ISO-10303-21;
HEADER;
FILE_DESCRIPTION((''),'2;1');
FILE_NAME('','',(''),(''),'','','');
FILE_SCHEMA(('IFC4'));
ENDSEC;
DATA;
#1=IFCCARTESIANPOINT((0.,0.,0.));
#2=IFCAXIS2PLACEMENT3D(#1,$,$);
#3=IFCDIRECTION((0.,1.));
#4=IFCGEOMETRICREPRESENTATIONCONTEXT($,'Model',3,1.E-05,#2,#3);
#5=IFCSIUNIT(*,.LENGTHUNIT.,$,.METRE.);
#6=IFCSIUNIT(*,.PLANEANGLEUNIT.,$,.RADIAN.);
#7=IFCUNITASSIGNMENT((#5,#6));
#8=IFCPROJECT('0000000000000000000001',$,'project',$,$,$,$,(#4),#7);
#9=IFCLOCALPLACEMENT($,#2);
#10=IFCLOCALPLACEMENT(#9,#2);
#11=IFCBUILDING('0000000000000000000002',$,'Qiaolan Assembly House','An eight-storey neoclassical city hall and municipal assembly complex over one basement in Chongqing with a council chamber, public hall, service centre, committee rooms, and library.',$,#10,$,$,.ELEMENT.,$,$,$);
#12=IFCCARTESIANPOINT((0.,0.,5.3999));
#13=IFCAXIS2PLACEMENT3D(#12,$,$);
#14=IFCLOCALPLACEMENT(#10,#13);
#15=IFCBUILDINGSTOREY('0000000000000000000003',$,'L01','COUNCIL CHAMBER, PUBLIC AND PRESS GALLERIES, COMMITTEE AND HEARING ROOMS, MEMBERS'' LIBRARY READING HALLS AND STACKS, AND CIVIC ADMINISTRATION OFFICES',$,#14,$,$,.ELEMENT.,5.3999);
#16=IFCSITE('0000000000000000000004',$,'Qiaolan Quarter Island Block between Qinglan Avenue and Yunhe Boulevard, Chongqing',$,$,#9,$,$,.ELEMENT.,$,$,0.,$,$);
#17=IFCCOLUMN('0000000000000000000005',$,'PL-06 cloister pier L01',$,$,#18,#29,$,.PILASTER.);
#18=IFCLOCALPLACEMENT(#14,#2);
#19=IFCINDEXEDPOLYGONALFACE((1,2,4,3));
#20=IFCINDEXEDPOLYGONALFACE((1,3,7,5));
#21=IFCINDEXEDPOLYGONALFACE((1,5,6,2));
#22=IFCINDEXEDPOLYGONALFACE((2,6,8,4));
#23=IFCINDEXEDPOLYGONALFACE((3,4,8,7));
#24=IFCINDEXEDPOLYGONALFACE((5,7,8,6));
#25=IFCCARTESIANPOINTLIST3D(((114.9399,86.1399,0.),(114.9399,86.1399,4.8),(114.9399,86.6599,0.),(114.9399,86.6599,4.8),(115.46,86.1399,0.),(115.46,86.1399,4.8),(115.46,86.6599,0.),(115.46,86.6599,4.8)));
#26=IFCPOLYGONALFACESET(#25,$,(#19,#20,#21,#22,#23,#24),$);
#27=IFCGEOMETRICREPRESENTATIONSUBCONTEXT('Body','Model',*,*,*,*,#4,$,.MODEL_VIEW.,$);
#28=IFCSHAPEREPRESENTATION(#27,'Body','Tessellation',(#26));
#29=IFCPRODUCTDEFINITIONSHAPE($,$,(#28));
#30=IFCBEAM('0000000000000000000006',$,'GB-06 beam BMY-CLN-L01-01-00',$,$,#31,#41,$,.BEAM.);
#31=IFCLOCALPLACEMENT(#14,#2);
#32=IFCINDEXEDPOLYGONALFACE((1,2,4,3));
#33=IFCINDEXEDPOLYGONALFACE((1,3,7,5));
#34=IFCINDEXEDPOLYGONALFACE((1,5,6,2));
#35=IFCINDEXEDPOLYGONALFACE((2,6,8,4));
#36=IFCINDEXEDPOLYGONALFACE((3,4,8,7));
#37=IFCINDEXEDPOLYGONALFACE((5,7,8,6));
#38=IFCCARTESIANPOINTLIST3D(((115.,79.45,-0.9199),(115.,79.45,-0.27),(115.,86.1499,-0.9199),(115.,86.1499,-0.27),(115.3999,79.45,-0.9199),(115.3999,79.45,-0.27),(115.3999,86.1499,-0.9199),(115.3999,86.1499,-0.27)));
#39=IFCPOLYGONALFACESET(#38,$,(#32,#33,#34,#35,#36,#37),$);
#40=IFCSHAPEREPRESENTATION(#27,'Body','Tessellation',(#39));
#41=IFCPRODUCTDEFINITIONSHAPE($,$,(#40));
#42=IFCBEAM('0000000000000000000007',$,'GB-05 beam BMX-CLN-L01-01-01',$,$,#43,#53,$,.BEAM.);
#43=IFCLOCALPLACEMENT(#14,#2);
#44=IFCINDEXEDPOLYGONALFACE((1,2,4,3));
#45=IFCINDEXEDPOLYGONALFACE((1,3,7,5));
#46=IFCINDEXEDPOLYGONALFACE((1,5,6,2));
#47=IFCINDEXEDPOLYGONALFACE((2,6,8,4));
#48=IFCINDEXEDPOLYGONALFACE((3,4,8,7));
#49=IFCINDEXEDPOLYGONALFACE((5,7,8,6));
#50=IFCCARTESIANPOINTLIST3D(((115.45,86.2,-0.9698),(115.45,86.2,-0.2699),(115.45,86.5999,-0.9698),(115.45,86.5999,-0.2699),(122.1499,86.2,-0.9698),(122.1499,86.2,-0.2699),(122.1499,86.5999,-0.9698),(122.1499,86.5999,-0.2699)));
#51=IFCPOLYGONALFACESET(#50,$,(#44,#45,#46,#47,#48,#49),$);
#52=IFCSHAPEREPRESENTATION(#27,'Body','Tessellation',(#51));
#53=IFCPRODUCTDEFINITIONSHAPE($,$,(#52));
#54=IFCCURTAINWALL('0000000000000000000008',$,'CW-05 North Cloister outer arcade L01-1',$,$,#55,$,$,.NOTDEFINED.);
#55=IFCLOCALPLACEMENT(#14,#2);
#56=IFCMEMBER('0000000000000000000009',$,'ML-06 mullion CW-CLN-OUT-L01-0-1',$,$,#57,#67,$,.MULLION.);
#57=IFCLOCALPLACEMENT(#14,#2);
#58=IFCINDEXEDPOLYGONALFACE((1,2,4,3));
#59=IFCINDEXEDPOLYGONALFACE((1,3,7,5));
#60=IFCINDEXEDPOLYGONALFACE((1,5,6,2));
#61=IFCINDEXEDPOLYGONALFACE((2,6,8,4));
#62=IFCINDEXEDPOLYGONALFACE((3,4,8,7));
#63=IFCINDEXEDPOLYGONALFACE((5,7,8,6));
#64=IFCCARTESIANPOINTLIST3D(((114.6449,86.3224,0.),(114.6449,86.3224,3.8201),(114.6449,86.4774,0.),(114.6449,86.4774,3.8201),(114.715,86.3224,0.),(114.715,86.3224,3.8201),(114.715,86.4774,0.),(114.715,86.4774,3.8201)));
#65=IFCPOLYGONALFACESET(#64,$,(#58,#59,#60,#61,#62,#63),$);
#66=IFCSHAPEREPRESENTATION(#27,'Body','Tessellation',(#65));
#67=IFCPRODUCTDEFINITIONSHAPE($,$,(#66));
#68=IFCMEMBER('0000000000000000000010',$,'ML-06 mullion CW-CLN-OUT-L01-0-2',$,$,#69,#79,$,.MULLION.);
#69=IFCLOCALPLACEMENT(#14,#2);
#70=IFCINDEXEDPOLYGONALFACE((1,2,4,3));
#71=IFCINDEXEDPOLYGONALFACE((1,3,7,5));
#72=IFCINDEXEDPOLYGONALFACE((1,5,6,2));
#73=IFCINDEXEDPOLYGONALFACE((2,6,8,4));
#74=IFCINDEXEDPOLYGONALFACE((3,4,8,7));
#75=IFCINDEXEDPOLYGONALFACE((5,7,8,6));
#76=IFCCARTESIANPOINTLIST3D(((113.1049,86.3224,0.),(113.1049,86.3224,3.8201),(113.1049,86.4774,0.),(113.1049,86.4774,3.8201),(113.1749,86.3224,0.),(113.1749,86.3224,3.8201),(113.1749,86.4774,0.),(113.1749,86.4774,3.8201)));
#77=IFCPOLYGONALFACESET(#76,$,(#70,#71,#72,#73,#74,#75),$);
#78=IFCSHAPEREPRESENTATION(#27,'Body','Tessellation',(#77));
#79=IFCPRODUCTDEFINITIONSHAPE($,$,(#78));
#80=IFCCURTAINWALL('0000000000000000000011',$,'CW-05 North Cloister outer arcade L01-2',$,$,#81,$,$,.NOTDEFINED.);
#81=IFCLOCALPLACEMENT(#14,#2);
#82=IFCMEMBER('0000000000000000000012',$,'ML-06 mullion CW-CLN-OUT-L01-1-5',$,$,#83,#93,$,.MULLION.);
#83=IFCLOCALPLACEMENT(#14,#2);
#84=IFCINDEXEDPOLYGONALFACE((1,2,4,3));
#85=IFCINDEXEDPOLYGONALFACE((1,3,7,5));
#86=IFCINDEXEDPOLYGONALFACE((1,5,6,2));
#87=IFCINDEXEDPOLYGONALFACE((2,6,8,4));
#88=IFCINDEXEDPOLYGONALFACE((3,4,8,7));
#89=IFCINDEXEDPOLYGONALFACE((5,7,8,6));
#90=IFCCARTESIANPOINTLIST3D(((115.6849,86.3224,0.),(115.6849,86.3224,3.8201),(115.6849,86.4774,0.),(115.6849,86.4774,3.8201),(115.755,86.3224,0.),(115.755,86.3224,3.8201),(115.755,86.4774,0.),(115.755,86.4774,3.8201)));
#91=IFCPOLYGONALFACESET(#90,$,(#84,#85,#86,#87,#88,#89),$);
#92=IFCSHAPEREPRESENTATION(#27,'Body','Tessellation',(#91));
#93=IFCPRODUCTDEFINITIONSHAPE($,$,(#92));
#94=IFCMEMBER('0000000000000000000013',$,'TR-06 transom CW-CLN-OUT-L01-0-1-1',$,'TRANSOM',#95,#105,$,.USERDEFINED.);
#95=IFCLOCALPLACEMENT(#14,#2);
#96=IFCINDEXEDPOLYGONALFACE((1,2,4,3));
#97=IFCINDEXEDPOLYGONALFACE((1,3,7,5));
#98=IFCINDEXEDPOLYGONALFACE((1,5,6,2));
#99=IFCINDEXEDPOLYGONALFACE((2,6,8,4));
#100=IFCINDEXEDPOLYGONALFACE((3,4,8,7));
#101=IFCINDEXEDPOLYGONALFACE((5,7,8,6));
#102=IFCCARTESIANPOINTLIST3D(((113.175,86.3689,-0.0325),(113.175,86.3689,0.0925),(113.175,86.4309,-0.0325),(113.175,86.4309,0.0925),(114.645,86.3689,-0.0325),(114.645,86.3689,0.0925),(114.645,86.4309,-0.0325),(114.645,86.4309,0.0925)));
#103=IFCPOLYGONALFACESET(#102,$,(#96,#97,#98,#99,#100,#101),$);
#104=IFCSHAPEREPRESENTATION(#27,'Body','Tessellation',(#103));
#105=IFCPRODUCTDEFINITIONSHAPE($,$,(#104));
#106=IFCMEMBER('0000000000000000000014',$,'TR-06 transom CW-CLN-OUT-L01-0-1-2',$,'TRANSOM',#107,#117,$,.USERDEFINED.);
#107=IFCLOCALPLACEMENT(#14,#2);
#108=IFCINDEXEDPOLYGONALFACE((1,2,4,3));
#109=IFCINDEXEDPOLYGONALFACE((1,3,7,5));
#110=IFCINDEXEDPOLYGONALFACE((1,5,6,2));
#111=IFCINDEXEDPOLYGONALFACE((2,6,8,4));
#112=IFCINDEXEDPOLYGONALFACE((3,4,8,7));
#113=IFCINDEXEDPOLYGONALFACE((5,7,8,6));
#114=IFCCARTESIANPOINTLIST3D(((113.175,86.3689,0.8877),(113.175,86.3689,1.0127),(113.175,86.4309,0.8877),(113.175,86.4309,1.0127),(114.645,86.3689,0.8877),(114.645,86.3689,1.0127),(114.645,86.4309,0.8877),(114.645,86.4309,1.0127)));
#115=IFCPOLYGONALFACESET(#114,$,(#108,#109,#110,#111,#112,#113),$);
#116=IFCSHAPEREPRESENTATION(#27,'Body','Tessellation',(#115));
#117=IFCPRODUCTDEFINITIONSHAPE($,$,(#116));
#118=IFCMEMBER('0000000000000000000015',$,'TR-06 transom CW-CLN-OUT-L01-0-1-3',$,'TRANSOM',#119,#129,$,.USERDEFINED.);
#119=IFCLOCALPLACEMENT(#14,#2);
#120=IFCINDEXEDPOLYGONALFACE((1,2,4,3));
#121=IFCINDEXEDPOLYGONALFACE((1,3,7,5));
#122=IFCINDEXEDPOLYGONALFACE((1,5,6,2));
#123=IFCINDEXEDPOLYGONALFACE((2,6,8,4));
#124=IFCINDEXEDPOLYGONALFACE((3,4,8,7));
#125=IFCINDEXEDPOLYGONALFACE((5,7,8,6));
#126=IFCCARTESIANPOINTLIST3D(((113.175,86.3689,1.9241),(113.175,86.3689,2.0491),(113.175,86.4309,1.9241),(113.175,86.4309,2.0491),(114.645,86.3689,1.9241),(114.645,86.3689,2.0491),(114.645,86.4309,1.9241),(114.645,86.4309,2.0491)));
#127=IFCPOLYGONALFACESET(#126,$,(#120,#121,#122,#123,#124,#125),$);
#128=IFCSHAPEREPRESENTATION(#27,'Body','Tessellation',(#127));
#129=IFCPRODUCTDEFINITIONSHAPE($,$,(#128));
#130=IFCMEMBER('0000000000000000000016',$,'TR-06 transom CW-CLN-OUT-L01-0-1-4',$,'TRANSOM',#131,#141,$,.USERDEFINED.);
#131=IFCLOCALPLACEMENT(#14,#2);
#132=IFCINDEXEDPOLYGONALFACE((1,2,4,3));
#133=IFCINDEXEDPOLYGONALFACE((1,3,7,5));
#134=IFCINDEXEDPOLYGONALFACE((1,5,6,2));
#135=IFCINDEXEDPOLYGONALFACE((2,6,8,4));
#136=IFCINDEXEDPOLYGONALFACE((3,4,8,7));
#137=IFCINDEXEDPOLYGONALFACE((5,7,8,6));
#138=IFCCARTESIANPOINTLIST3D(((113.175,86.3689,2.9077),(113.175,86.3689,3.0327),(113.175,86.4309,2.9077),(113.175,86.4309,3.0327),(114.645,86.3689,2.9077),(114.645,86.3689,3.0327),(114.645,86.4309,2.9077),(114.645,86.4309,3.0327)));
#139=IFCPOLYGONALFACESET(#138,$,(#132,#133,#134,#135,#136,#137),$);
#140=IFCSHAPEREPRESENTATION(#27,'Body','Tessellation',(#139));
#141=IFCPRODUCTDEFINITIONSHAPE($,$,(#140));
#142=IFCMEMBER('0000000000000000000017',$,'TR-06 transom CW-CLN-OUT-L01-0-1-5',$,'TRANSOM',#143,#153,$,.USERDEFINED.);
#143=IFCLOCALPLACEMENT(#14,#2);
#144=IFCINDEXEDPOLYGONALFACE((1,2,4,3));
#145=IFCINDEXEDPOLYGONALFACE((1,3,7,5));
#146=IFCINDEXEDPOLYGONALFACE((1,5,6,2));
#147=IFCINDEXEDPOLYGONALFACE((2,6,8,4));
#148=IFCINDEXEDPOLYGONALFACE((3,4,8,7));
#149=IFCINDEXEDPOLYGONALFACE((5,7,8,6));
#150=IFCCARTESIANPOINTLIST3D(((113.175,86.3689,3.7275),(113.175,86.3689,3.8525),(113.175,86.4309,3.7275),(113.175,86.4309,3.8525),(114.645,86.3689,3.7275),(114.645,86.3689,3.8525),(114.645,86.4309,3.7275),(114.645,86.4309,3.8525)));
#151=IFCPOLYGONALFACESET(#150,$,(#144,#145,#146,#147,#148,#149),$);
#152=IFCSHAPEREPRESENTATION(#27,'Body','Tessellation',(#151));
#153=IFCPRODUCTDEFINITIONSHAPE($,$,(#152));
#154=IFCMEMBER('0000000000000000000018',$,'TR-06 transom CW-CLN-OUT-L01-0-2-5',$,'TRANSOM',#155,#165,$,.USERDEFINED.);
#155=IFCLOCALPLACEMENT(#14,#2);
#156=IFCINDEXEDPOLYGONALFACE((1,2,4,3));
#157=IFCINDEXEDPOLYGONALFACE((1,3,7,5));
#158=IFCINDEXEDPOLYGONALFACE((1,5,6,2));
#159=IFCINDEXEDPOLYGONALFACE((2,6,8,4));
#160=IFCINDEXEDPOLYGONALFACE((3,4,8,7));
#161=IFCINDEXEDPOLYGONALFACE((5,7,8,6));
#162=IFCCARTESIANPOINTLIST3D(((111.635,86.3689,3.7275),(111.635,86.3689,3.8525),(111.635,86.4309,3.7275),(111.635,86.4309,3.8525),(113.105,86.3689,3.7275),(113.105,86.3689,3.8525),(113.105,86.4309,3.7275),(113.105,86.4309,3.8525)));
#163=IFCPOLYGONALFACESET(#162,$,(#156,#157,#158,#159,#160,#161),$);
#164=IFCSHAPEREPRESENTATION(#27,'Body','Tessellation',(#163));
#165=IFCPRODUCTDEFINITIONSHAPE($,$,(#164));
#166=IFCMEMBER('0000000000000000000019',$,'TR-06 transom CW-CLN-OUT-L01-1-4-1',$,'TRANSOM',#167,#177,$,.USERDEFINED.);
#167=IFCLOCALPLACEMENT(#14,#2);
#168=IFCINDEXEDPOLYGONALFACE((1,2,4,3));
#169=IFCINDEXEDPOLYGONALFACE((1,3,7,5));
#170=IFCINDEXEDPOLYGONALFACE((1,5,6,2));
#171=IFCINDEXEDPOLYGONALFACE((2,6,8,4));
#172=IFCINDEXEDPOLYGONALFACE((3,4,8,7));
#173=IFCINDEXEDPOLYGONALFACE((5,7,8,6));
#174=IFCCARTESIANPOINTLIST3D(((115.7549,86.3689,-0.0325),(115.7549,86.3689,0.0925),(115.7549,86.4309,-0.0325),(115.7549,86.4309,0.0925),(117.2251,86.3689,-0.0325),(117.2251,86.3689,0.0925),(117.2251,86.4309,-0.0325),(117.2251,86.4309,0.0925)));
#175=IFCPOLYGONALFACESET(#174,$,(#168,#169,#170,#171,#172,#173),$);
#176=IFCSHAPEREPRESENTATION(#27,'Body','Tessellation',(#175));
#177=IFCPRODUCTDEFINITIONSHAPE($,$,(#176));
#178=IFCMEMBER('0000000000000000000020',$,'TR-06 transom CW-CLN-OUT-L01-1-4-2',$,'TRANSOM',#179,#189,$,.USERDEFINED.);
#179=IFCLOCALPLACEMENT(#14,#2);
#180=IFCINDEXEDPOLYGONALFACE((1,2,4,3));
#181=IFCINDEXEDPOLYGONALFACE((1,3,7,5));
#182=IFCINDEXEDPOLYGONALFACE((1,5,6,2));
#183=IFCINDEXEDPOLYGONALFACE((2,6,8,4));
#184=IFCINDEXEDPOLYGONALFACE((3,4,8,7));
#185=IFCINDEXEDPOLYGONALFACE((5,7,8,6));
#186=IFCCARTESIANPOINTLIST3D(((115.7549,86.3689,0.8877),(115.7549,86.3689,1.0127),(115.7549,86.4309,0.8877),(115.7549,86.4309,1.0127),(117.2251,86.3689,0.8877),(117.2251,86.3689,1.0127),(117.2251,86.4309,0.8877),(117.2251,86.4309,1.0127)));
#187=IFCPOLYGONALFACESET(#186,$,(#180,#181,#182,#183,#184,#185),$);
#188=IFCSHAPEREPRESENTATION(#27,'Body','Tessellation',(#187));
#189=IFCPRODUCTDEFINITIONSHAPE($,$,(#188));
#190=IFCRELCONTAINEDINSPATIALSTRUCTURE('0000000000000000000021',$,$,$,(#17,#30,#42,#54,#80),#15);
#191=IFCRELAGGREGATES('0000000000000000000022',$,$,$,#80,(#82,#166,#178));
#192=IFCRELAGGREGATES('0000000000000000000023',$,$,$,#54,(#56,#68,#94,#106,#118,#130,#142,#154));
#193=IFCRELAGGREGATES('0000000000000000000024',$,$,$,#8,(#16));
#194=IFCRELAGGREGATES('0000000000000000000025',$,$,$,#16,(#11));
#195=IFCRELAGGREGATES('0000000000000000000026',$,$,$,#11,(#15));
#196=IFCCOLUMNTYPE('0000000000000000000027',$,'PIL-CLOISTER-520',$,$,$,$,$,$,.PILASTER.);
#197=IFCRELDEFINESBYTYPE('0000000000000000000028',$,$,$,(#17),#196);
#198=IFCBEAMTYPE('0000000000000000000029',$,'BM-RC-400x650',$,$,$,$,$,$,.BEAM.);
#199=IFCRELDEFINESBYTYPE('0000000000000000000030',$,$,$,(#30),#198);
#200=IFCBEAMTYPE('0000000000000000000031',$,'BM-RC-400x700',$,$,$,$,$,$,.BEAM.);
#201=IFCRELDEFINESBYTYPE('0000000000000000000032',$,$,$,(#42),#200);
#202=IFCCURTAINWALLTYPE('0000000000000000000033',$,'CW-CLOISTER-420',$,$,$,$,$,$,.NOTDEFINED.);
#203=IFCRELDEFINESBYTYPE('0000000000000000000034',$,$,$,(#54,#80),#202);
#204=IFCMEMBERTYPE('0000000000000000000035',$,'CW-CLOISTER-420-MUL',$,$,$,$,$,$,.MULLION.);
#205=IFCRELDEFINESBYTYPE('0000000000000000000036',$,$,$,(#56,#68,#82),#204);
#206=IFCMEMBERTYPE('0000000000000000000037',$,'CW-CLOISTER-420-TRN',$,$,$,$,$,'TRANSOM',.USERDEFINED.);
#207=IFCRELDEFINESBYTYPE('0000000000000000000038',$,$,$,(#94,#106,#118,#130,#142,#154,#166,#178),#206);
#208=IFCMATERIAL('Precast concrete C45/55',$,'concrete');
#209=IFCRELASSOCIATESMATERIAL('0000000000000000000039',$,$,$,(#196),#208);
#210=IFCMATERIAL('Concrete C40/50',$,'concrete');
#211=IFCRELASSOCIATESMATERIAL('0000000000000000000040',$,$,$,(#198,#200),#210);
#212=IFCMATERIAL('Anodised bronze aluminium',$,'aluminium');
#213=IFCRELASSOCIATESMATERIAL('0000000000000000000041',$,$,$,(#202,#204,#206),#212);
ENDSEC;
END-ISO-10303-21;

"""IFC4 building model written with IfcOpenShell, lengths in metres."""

from ifc_helpers import new_model, si_unit, direction, frame, origin, origin_2d, place, context, subcontext, project, spatial, rectangle, extrude, material, material_profile, profile_set, type_object, element, aggregate, save


model = new_model("IFC4")

# Units and contexts
model_context = context("Model", 3, precision=1e-05, world=origin(), true_north=direction((0.0, 1.0)))
body_context = subcontext(model_context, "Body", "Model", "MODEL_VIEW")
ifc_project = project(units=[si_unit("LENGTHUNIT", "METRE"), si_unit("PLANEANGLEUNIT", "RADIAN")], contexts=[model_context])

# Site, building, storey
site_placement = place(None, origin())
site = spatial("IfcSite", under=ifc_project, at=site_placement, Name="Qiaolan Quarter Island Block between Qinglan Avenue and Yunhe Boulevard, Chongqing", CompositionType="ELEMENT", RefElevation=0.0)
building_placement = place(site_placement, origin())
building = spatial("IfcBuilding", under=site, at=building_placement, Name="Qiaolan Assembly House", Description="An eight-storey neoclassical city hall and municipal assembly complex over one basement in Chongqing with a council chamber, public hall, service centre, committee rooms, and library.", CompositionType="ELEMENT")
storey_placement = place(building_placement, frame((0.0, 0.0, 5.3999)))
storey = spatial("IfcBuildingStorey", under=building, at=storey_placement, Name="L01", Description="COUNCIL CHAMBER, PUBLIC AND PRESS GALLERIES, COMMITTEE AND HEARING ROOMS, MEMBERS' LIBRARY READING HALLS AND STACKS, AND CIVIC ADMINISTRATION OFFICES", CompositionType="ELEMENT", Elevation=5.3999)

# Column
ifc_material_1 = material(Name="Precast concrete C45/55", Category="concrete")
ifc_material_profile_1 = material_profile(ifc_material_1, rectangle(XDim=0.52, YDim=0.52, at=origin_2d()), Name="PIL 520x520")
ifc_profile_set_1 = profile_set([ifc_material_profile_1], Name="Precast concrete C45/55")
column_type = type_object("IfcColumnType", Name="PIL-CLOISTER-520", PredefinedType="PILASTER", material=ifc_profile_set_1)
column_placement = place(storey_placement, frame((115.2, 86.3999, 0.0), z_axis=(0.0, 0.0, 1.0), x_axis=(1.0, 0.0, 0.0)))
element("IfcColumn", 1, at=column_placement, inside=storey, type_object=column_type, Name="PL-06 cloister pier L01", PredefinedType="PILASTER", context=body_context, shape_type="SweptSolid", body=[
    extrude(rectangle(XDim=0.52, YDim=0.52, at=origin_2d()), origin(), (0.0, 0.0, 1.0), 4.8),
])

# Beams
ifc_material_2 = material(Name="Concrete C40/50", Category="concrete")
ifc_material_profile_2 = material_profile(ifc_material_2, rectangle(XDim=0.3999, YDim=0.6499, at=origin_2d()), Name="RCB 400x650")
ifc_profile_set_2 = profile_set([ifc_material_profile_2], Name="Concrete C40/50")
beam_type_1 = type_object("IfcBeamType", Name="BM-RC-400x650", PredefinedType="BEAM", material=ifc_profile_set_2)
beam_1_placement = place(storey_placement, frame((115.2, 79.45, -0.595), z_axis=(0.0, 1.0, 0.0), x_axis=(-1.0, 0.0, 0.0)))
element("IfcBeam", 2, at=beam_1_placement, inside=storey, type_object=beam_type_1, Name="GB-06 beam BMY-CLN-L01-01-00", PredefinedType="BEAM", context=body_context, shape_type="SweptSolid", body=[
    extrude(rectangle(XDim=0.3999, YDim=0.6499, at=origin_2d()), origin(), (0.0, 0.0, 1.0), 6.7),
])
ifc_material_profile_3 = material_profile(ifc_material_2, rectangle(XDim=0.3999, YDim=0.7, at=origin_2d()), Name="RCB 400x700")
ifc_profile_set_3 = profile_set([ifc_material_profile_3], Name="Concrete C40/50")
beam_type_2 = type_object("IfcBeamType", Name="BM-RC-400x700", PredefinedType="BEAM", material=ifc_profile_set_3)
beam_2_placement = place(storey_placement, frame((115.45, 86.3999, -0.6199), z_axis=(1.0, 0.0, 0.0), x_axis=(0.0, 1.0, 0.0)))
element("IfcBeam", 3, at=beam_2_placement, inside=storey, type_object=beam_type_2, Name="GB-05 beam BMX-CLN-L01-01-01", PredefinedType="BEAM", context=body_context, shape_type="SweptSolid", body=[
    extrude(rectangle(XDim=0.3999, YDim=0.7, at=origin_2d()), origin(), (0.0, 0.0, 1.0), 6.7),
])

# Curtain wall, members
ifc_material_3 = material(Name="Anodised bronze aluminium", Category="aluminium")
curtain_wall_type = type_object("IfcCurtainWallType", Name="CW-CLOISTER-420", PredefinedType="NOTDEFINED", material=ifc_material_3)
curtain_wall_1_placement = place(storey_placement, origin())
curtain_wall_1 = element("IfcCurtainWall", 4, at=curtain_wall_1_placement, inside=storey, type_object=curtain_wall_type, Name="CW-05 North Cloister outer arcade L01-1", PredefinedType="NOTDEFINED")
ifc_material_profile_4 = material_profile(ifc_material_3, rectangle(XDim=0.0701, YDim=0.155, at=origin_2d()), Name="MUL 70x155")
ifc_profile_set_4 = profile_set([ifc_material_profile_4], Name="Anodised bronze aluminium")
member_type_1 = type_object("IfcMemberType", Name="CW-CLOISTER-420-MUL", PredefinedType="MULLION", material=ifc_profile_set_4)
member_1_placement = place(storey_placement, frame((114.6799, 86.3999, 0.0), z_axis=(0.0, 0.0, 1.0), x_axis=(-1.0, 0.0, 0.0)))
member_1 = element("IfcMember", 5, at=member_1_placement, type_object=member_type_1, Name="ML-06 mullion CW-CLN-OUT-L01-0-1", PredefinedType="MULLION", context=body_context, shape_type="SweptSolid", body=[
    extrude(rectangle(XDim=0.0701, YDim=0.155, at=origin_2d()), origin(), (0.0, 0.0, 1.0), 3.8201),
])
member_2_placement = place(storey_placement, frame((113.1399, 86.3999, 0.0), z_axis=(0.0, 0.0, 1.0), x_axis=(-1.0, 0.0, 0.0)))
member_2 = element("IfcMember", 6, at=member_2_placement, type_object=member_type_1, Name="ML-06 mullion CW-CLN-OUT-L01-0-2", PredefinedType="MULLION", context=body_context, shape_type="SweptSolid", body=[
    extrude(rectangle(XDim=0.0701, YDim=0.155, at=origin_2d()), origin(), (0.0, 0.0, 1.0), 3.8201),
])

# Curtain wall, member
curtain_wall_2_placement = place(storey_placement, origin())
curtain_wall_2 = element("IfcCurtainWall", 7, at=curtain_wall_2_placement, inside=storey, type_object=curtain_wall_type, Name="CW-05 North Cloister outer arcade L01-2", PredefinedType="NOTDEFINED")
member_3_placement = place(storey_placement, frame((115.72, 86.3999, 0.0), z_axis=(0.0, 0.0, 1.0), x_axis=(-1.0, 0.0, 0.0)))
member_3 = element("IfcMember", 8, at=member_3_placement, type_object=member_type_1, Name="ML-06 mullion CW-CLN-OUT-L01-1-5", PredefinedType="MULLION", context=body_context, shape_type="SweptSolid", body=[
    extrude(rectangle(XDim=0.0701, YDim=0.155, at=origin_2d()), origin(), (0.0, 0.0, 1.0), 3.8201),
])

# Members
ifc_material_profile_5 = material_profile(ifc_material_3, rectangle(XDim=0.062, YDim=0.125, at=origin_2d()), Name="TRN 62x125")
ifc_profile_set_5 = profile_set([ifc_material_profile_5], Name="Anodised bronze aluminium")
member_type_2 = type_object("IfcMemberType", Name="CW-CLOISTER-420-TRN", ElementType="TRANSOM", PredefinedType="USERDEFINED", material=ifc_profile_set_5)
member_4_placement = place(storey_placement, frame((114.645, 86.3999, 0.03), z_axis=(-1.0, 0.0, 0.0), x_axis=(0.0, -1.0, 0.0)))
member_4 = element("IfcMember", 9, at=member_4_placement, type_object=member_type_2, Name="TR-06 transom CW-CLN-OUT-L01-0-1-1", ObjectType="TRANSOM", PredefinedType="USERDEFINED", context=body_context, shape_type="SweptSolid", body=[
    extrude(rectangle(XDim=0.062, YDim=0.125, at=origin_2d()), origin(), (0.0, 0.0, 1.0), 1.47),
])
member_5_placement = place(storey_placement, frame((114.645, 86.3999, 0.9502), z_axis=(-1.0, 0.0, 0.0), x_axis=(0.0, -1.0, 0.0)))
member_5 = element("IfcMember", 10, at=member_5_placement, type_object=member_type_2, Name="TR-06 transom CW-CLN-OUT-L01-0-1-2", ObjectType="TRANSOM", PredefinedType="USERDEFINED", context=body_context, shape_type="SweptSolid", body=[
    extrude(rectangle(XDim=0.062, YDim=0.125, at=origin_2d()), origin(), (0.0, 0.0, 1.0), 1.47),
])
member_6_placement = place(storey_placement, frame((114.645, 86.3999, 1.9866), z_axis=(-1.0, 0.0, 0.0), x_axis=(0.0, -1.0, 0.0)))
member_6 = element("IfcMember", 11, at=member_6_placement, type_object=member_type_2, Name="TR-06 transom CW-CLN-OUT-L01-0-1-3", ObjectType="TRANSOM", PredefinedType="USERDEFINED", context=body_context, shape_type="SweptSolid", body=[
    extrude(rectangle(XDim=0.062, YDim=0.125, at=origin_2d()), origin(), (0.0, 0.0, 1.0), 1.47),
])
member_7_placement = place(storey_placement, frame((114.645, 86.3999, 2.9702), z_axis=(-1.0, 0.0, 0.0), x_axis=(0.0, -1.0, 0.0)))
member_7 = element("IfcMember", 12, at=member_7_placement, type_object=member_type_2, Name="TR-06 transom CW-CLN-OUT-L01-0-1-4", ObjectType="TRANSOM", PredefinedType="USERDEFINED", context=body_context, shape_type="SweptSolid", body=[
    extrude(rectangle(XDim=0.062, YDim=0.125, at=origin_2d()), origin(), (0.0, 0.0, 1.0), 1.47),
])
member_8_placement = place(storey_placement, frame((114.645, 86.3999, 3.79), z_axis=(-1.0, 0.0, 0.0), x_axis=(0.0, -1.0, 0.0)))
member_8 = element("IfcMember", 13, at=member_8_placement, type_object=member_type_2, Name="TR-06 transom CW-CLN-OUT-L01-0-1-5", ObjectType="TRANSOM", PredefinedType="USERDEFINED", context=body_context, shape_type="SweptSolid", body=[
    extrude(rectangle(XDim=0.062, YDim=0.125, at=origin_2d()), origin(), (0.0, 0.0, 1.0), 1.47),
])
member_9_placement = place(storey_placement, frame((113.105, 86.3999, 3.79), z_axis=(-1.0, 0.0, 0.0), x_axis=(0.0, -1.0, 0.0)))
member_9 = element("IfcMember", 14, at=member_9_placement, type_object=member_type_2, Name="TR-06 transom CW-CLN-OUT-L01-0-2-5", ObjectType="TRANSOM", PredefinedType="USERDEFINED", context=body_context, shape_type="SweptSolid", body=[
    extrude(rectangle(XDim=0.062, YDim=0.125, at=origin_2d()), origin(), (0.0, 0.0, 1.0), 1.47),
])
member_10_placement = place(storey_placement, frame((117.2251, 86.3999, 0.03), z_axis=(-1.0, 0.0, 0.0), x_axis=(0.0, -1.0, 0.0)))
member_10 = element("IfcMember", 15, at=member_10_placement, type_object=member_type_2, Name="TR-06 transom CW-CLN-OUT-L01-1-4-1", ObjectType="TRANSOM", PredefinedType="USERDEFINED", context=body_context, shape_type="SweptSolid", body=[
    extrude(rectangle(XDim=0.062, YDim=0.125, at=origin_2d()), origin(), (0.0, 0.0, 1.0), 1.4702),
])
member_11_placement = place(storey_placement, frame((117.2251, 86.3999, 0.9502), z_axis=(-1.0, 0.0, 0.0), x_axis=(0.0, -1.0, 0.0)))
member_11 = element("IfcMember", 16, at=member_11_placement, type_object=member_type_2, Name="TR-06 transom CW-CLN-OUT-L01-1-4-2", ObjectType="TRANSOM", PredefinedType="USERDEFINED", context=body_context, shape_type="SweptSolid", body=[
    extrude(rectangle(XDim=0.062, YDim=0.125, at=origin_2d()), origin(), (0.0, 0.0, 1.0), 1.4702),
])
aggregate(curtain_wall_2, [member_3, member_10, member_11])

aggregate(curtain_wall_1, [member_1, member_2, member_4, member_5, member_6, member_7, member_8, member_9])

save(model, "model.ifc")
